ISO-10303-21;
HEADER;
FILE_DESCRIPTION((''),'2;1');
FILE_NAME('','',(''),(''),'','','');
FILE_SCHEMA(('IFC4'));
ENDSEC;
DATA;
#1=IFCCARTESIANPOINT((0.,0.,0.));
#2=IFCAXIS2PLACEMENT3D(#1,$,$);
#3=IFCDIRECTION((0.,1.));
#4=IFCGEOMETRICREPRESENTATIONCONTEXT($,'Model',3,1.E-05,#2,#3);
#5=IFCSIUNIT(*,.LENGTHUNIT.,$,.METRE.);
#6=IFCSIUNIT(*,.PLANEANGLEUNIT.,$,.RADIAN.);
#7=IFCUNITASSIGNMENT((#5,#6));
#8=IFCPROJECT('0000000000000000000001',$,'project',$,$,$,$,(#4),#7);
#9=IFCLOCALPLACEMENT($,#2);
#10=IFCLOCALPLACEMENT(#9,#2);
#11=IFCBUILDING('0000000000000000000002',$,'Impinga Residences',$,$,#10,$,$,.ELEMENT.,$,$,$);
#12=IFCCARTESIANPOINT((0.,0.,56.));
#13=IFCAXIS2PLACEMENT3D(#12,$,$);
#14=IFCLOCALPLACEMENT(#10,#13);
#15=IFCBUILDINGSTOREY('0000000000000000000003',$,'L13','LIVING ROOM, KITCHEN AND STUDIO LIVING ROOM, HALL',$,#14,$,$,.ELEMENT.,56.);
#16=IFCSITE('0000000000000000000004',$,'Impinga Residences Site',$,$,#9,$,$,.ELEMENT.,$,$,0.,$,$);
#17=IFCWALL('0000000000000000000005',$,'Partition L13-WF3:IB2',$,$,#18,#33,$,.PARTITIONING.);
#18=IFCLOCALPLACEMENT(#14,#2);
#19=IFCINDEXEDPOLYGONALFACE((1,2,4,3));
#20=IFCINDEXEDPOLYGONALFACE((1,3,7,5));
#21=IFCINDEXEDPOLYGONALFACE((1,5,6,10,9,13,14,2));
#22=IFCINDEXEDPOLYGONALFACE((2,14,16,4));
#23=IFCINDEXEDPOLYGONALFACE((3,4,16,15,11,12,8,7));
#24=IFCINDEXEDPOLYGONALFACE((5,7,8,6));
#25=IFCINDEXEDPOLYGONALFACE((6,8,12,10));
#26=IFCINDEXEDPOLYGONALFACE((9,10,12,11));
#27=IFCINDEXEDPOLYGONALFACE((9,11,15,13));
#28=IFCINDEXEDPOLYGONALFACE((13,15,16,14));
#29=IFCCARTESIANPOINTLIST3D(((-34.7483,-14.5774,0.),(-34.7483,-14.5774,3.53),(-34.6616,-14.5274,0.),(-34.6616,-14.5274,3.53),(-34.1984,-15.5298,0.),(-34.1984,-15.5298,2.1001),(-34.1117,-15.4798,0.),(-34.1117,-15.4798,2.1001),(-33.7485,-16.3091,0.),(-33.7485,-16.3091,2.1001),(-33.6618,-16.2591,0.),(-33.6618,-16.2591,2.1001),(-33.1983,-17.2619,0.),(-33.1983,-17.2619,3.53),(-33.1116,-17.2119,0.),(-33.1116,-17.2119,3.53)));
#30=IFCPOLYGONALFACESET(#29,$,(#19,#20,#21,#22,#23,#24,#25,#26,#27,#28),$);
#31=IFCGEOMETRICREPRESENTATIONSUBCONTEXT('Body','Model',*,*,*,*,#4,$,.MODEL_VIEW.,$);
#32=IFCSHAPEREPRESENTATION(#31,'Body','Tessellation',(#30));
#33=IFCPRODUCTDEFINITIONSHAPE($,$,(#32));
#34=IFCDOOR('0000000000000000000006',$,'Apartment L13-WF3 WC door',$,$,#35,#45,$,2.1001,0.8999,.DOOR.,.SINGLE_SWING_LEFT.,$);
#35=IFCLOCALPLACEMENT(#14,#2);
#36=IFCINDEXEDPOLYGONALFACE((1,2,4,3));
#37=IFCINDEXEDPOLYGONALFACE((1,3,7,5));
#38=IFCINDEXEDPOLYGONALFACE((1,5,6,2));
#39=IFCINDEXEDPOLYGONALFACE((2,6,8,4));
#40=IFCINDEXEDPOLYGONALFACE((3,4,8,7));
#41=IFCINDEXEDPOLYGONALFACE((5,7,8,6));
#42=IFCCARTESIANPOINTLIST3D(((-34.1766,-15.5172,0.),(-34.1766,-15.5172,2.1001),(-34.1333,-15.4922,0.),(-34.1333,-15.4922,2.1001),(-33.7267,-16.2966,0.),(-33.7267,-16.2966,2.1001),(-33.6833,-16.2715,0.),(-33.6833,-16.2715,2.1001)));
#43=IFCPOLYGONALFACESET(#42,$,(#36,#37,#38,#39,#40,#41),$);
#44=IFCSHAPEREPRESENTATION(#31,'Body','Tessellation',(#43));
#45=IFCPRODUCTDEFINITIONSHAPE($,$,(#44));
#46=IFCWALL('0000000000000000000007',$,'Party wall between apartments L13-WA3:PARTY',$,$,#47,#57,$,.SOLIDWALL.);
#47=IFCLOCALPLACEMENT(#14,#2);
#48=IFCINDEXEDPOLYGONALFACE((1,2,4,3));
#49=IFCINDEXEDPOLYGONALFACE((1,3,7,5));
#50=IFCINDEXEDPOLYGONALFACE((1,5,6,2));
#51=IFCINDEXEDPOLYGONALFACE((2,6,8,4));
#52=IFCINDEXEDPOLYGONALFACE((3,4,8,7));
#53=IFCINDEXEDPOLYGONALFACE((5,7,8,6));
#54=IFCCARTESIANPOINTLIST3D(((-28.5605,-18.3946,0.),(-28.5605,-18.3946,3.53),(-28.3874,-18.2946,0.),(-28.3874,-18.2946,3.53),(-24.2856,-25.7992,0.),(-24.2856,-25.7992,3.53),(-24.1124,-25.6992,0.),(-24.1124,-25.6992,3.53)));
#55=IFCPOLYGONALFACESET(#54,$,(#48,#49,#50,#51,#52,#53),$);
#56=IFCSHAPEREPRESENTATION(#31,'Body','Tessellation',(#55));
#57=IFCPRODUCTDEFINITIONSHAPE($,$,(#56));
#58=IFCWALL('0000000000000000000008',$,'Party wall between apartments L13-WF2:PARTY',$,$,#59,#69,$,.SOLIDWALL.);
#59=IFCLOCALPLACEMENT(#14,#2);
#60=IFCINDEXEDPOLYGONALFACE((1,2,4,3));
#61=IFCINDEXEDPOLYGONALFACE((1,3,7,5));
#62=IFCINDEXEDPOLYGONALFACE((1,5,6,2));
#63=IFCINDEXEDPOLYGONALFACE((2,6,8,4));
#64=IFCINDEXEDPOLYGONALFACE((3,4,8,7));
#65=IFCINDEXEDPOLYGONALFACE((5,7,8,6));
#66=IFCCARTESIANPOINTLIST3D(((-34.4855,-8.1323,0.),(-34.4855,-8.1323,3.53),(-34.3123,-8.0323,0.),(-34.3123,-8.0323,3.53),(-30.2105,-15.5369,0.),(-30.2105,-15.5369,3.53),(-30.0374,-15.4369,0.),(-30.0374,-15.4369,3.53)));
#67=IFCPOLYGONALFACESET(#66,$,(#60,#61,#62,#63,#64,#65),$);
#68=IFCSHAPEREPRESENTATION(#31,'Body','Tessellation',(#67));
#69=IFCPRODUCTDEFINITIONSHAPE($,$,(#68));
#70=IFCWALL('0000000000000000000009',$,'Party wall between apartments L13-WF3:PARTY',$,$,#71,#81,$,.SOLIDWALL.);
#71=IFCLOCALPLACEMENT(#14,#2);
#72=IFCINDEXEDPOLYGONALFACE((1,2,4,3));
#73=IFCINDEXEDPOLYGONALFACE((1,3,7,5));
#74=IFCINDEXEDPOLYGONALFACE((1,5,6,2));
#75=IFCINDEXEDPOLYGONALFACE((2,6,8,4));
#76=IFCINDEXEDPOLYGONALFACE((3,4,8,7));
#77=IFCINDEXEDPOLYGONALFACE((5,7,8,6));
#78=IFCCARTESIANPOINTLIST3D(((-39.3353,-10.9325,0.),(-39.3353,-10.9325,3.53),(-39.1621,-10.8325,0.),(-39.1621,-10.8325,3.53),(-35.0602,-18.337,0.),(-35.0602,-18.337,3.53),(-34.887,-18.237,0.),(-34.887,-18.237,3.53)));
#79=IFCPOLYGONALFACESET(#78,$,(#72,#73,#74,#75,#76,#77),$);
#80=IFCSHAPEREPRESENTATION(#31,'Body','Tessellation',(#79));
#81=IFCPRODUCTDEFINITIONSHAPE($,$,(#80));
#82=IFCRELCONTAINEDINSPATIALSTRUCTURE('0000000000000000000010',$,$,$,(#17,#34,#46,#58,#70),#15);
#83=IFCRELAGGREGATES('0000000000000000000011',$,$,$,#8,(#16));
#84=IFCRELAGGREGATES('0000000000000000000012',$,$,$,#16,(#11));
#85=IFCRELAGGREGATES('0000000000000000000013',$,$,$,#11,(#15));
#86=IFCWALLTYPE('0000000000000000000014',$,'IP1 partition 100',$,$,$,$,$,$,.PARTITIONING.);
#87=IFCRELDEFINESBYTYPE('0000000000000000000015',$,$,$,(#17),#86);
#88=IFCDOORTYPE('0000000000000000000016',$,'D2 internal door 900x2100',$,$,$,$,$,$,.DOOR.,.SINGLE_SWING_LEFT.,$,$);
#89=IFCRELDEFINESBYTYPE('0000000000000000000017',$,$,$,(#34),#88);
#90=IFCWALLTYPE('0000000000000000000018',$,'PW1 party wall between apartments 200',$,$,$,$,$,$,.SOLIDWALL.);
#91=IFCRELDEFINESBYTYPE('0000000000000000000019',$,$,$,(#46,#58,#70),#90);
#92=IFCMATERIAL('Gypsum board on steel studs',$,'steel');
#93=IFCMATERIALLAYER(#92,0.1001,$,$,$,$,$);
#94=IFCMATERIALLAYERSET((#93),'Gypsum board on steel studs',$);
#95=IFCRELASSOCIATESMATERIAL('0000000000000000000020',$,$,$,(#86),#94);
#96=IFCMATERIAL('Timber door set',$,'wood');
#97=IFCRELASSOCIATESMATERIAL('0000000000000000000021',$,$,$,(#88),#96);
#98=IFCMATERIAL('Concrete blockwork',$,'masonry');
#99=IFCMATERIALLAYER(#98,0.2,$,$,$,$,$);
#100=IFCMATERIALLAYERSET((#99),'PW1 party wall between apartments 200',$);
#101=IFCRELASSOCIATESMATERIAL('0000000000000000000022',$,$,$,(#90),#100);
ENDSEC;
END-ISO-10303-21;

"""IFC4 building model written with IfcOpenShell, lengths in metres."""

from ifc_helpers import new_model, si_unit, direction, frame, frame_2d, origin, place, context, subcontext, project, spatial, rectangle, extrude, material, layer, layer_set, type_object, element, fill, save


model = new_model("IFC4")

# Units and contexts
model_context = context("Model", 3, precision=1e-05, world=origin(), true_north=direction((0.0, 1.0)))
body_context = subcontext(model_context, "Body", "Model", "MODEL_VIEW")
ifc_project = project(units=[si_unit("LENGTHUNIT", "METRE"), si_unit("PLANEANGLEUNIT", "RADIAN")], contexts=[model_context])

# Site, building, storey
site_placement = place(None, origin())
site = spatial("IfcSite", under=ifc_project, at=site_placement, Name="Impinga Residences Site", CompositionType="ELEMENT", RefElevation=0.0)
building_placement = place(site_placement, origin())
building = spatial("IfcBuilding", under=site, at=building_placement, Name="Impinga Residences", CompositionType="ELEMENT")
storey_placement = place(building_placement, frame((0.0, 0.0, 56.0)))
storey = spatial("IfcBuildingStorey", under=building, at=storey_placement, Name="L13", Description="LIVING ROOM, KITCHEN AND STUDIO LIVING ROOM, HALL", CompositionType="ELEMENT", Elevation=56.0)

# Shared definitions
ifc_material_1 = material(Name="Gypsum board on steel studs", Category="steel")
ifc_layer_1 = layer(ifc_material_1, 0.1001)
ifc_layer_set_1 = layer_set([ifc_layer_1], Name="Gypsum board on steel studs")
wall_type_1 = type_object("IfcWallType", Name="IP1 partition 100", PredefinedType="PARTITIONING", material=ifc_layer_set_1)

# Shared definitions
ifc_material_2 = material(Name="Timber door set", Category="wood")
door_type = type_object("IfcDoorType", Name="D2 internal door 900x2100", OperationType="SINGLE_SWING_LEFT", PredefinedType="DOOR", material=ifc_material_2)

# Wall, opening, door
wall_1_placement = place(storey_placement, frame((-33.155, -17.2368, 0.0), z_axis=(0.0, 0.0, 1.0), x_axis=(-0.500027, 0.86601, 0.0)))
wall_1 = element("IfcWall", 1, at=wall_1_placement, inside=storey, type_object=wall_type_1, Name="Partition L13-WF3:IB2", PredefinedType="PARTITIONING", context=body_context, shape_type="SweptSolid", body=[
    extrude(rectangle(XDim=3.0999, YDim=0.1001, at=frame_2d((1.5498, 0.0))), origin(), (0.0, 0.0, 1.0), 3.53),
])
opening_1_placement = place(wall_1_placement, frame((1.1001, 0.0, 0.0)))
opening_1 = element("IfcOpeningElement", 2, at=opening_1_placement, cuts=wall_1, PredefinedType="OPENING", context=body_context, shape_type="SweptSolid", body=[
    extrude(rectangle(XDim=0.8999, YDim=2.1001, at=frame_2d((0.45, 1.05))), frame((0.0, 0.0601, 0.0), z_axis=(0.0, -1.0, 0.0), x_axis=(1.0, 0.0, 0.0)), (0.0, 0.0, 1.0), 0.1201),
])
door_1_placement = place(opening_1_placement, origin())
door_1 = element("IfcDoor", 3, at=door_1_placement, inside=storey, type_object=door_type, Name="Apartment L13-WF3 WC door", OperationType="SINGLE_SWING_LEFT", OverallHeight=2.1001, OverallWidth=0.8999, PredefinedType="DOOR", context=body_context, shape_type="SweptSolid", body=[
    extrude(rectangle(XDim=0.8999, YDim=2.1001, at=frame_2d((0.45, 1.05))), frame((0.0, 0.0249, 0.0), z_axis=(0.0, -1.0, 0.0), x_axis=(1.0, 0.0, 0.0)), (0.0, 0.0, 1.0), 0.05),
])
fill(opening_1, door_1)

# Walls
ifc_material_3 = material(Name="Concrete blockwork", Category="masonry")
ifc_layer_2 = layer(ifc_material_3, 0.2)
ifc_layer_set_2 = layer_set([ifc_layer_2], Name="PW1 party wall between apartments 200")
wall_type_2 = type_object("IfcWallType", Name="PW1 party wall between apartments 200", PredefinedType="SOLIDWALL", material=ifc_layer_set_2)
for number, where, z_axis, x_axis, name in (
    (4, (-28.4739, -18.3447, 0.0), (0.0, 0.0, 1.0), (0.49999, -0.866031, 0.0), "Party wall between apartments L13-WA3:PARTY"),
    (5, (-30.124, -15.4868, 0.0), (0.0, 0.0, 1.0), (-0.49999, 0.866031, 0.0), "Party wall between apartments L13-WF2:PARTY"),
    (6, (-34.9736, -18.2869, 0.0), (0.0, 0.0, 1.0), (-0.500012, 0.866019, 0.0), "Party wall between apartments L13-WF3:PARTY"),
):
    element("IfcWall", number, at=place(storey_placement, frame(where, z_axis=z_axis, x_axis=x_axis)), inside=storey, type_object=wall_type_2, Name=name, PredefinedType="SOLIDWALL", context=body_context, shape_type="SweptSolid", body=[
        extrude(rectangle(XDim=8.55, YDim=0.2, at=frame_2d((4.2749, 0.0))), origin(), (0.0, 0.0, 1.0), 3.53),
    ])

save(model, "model.ifc")
